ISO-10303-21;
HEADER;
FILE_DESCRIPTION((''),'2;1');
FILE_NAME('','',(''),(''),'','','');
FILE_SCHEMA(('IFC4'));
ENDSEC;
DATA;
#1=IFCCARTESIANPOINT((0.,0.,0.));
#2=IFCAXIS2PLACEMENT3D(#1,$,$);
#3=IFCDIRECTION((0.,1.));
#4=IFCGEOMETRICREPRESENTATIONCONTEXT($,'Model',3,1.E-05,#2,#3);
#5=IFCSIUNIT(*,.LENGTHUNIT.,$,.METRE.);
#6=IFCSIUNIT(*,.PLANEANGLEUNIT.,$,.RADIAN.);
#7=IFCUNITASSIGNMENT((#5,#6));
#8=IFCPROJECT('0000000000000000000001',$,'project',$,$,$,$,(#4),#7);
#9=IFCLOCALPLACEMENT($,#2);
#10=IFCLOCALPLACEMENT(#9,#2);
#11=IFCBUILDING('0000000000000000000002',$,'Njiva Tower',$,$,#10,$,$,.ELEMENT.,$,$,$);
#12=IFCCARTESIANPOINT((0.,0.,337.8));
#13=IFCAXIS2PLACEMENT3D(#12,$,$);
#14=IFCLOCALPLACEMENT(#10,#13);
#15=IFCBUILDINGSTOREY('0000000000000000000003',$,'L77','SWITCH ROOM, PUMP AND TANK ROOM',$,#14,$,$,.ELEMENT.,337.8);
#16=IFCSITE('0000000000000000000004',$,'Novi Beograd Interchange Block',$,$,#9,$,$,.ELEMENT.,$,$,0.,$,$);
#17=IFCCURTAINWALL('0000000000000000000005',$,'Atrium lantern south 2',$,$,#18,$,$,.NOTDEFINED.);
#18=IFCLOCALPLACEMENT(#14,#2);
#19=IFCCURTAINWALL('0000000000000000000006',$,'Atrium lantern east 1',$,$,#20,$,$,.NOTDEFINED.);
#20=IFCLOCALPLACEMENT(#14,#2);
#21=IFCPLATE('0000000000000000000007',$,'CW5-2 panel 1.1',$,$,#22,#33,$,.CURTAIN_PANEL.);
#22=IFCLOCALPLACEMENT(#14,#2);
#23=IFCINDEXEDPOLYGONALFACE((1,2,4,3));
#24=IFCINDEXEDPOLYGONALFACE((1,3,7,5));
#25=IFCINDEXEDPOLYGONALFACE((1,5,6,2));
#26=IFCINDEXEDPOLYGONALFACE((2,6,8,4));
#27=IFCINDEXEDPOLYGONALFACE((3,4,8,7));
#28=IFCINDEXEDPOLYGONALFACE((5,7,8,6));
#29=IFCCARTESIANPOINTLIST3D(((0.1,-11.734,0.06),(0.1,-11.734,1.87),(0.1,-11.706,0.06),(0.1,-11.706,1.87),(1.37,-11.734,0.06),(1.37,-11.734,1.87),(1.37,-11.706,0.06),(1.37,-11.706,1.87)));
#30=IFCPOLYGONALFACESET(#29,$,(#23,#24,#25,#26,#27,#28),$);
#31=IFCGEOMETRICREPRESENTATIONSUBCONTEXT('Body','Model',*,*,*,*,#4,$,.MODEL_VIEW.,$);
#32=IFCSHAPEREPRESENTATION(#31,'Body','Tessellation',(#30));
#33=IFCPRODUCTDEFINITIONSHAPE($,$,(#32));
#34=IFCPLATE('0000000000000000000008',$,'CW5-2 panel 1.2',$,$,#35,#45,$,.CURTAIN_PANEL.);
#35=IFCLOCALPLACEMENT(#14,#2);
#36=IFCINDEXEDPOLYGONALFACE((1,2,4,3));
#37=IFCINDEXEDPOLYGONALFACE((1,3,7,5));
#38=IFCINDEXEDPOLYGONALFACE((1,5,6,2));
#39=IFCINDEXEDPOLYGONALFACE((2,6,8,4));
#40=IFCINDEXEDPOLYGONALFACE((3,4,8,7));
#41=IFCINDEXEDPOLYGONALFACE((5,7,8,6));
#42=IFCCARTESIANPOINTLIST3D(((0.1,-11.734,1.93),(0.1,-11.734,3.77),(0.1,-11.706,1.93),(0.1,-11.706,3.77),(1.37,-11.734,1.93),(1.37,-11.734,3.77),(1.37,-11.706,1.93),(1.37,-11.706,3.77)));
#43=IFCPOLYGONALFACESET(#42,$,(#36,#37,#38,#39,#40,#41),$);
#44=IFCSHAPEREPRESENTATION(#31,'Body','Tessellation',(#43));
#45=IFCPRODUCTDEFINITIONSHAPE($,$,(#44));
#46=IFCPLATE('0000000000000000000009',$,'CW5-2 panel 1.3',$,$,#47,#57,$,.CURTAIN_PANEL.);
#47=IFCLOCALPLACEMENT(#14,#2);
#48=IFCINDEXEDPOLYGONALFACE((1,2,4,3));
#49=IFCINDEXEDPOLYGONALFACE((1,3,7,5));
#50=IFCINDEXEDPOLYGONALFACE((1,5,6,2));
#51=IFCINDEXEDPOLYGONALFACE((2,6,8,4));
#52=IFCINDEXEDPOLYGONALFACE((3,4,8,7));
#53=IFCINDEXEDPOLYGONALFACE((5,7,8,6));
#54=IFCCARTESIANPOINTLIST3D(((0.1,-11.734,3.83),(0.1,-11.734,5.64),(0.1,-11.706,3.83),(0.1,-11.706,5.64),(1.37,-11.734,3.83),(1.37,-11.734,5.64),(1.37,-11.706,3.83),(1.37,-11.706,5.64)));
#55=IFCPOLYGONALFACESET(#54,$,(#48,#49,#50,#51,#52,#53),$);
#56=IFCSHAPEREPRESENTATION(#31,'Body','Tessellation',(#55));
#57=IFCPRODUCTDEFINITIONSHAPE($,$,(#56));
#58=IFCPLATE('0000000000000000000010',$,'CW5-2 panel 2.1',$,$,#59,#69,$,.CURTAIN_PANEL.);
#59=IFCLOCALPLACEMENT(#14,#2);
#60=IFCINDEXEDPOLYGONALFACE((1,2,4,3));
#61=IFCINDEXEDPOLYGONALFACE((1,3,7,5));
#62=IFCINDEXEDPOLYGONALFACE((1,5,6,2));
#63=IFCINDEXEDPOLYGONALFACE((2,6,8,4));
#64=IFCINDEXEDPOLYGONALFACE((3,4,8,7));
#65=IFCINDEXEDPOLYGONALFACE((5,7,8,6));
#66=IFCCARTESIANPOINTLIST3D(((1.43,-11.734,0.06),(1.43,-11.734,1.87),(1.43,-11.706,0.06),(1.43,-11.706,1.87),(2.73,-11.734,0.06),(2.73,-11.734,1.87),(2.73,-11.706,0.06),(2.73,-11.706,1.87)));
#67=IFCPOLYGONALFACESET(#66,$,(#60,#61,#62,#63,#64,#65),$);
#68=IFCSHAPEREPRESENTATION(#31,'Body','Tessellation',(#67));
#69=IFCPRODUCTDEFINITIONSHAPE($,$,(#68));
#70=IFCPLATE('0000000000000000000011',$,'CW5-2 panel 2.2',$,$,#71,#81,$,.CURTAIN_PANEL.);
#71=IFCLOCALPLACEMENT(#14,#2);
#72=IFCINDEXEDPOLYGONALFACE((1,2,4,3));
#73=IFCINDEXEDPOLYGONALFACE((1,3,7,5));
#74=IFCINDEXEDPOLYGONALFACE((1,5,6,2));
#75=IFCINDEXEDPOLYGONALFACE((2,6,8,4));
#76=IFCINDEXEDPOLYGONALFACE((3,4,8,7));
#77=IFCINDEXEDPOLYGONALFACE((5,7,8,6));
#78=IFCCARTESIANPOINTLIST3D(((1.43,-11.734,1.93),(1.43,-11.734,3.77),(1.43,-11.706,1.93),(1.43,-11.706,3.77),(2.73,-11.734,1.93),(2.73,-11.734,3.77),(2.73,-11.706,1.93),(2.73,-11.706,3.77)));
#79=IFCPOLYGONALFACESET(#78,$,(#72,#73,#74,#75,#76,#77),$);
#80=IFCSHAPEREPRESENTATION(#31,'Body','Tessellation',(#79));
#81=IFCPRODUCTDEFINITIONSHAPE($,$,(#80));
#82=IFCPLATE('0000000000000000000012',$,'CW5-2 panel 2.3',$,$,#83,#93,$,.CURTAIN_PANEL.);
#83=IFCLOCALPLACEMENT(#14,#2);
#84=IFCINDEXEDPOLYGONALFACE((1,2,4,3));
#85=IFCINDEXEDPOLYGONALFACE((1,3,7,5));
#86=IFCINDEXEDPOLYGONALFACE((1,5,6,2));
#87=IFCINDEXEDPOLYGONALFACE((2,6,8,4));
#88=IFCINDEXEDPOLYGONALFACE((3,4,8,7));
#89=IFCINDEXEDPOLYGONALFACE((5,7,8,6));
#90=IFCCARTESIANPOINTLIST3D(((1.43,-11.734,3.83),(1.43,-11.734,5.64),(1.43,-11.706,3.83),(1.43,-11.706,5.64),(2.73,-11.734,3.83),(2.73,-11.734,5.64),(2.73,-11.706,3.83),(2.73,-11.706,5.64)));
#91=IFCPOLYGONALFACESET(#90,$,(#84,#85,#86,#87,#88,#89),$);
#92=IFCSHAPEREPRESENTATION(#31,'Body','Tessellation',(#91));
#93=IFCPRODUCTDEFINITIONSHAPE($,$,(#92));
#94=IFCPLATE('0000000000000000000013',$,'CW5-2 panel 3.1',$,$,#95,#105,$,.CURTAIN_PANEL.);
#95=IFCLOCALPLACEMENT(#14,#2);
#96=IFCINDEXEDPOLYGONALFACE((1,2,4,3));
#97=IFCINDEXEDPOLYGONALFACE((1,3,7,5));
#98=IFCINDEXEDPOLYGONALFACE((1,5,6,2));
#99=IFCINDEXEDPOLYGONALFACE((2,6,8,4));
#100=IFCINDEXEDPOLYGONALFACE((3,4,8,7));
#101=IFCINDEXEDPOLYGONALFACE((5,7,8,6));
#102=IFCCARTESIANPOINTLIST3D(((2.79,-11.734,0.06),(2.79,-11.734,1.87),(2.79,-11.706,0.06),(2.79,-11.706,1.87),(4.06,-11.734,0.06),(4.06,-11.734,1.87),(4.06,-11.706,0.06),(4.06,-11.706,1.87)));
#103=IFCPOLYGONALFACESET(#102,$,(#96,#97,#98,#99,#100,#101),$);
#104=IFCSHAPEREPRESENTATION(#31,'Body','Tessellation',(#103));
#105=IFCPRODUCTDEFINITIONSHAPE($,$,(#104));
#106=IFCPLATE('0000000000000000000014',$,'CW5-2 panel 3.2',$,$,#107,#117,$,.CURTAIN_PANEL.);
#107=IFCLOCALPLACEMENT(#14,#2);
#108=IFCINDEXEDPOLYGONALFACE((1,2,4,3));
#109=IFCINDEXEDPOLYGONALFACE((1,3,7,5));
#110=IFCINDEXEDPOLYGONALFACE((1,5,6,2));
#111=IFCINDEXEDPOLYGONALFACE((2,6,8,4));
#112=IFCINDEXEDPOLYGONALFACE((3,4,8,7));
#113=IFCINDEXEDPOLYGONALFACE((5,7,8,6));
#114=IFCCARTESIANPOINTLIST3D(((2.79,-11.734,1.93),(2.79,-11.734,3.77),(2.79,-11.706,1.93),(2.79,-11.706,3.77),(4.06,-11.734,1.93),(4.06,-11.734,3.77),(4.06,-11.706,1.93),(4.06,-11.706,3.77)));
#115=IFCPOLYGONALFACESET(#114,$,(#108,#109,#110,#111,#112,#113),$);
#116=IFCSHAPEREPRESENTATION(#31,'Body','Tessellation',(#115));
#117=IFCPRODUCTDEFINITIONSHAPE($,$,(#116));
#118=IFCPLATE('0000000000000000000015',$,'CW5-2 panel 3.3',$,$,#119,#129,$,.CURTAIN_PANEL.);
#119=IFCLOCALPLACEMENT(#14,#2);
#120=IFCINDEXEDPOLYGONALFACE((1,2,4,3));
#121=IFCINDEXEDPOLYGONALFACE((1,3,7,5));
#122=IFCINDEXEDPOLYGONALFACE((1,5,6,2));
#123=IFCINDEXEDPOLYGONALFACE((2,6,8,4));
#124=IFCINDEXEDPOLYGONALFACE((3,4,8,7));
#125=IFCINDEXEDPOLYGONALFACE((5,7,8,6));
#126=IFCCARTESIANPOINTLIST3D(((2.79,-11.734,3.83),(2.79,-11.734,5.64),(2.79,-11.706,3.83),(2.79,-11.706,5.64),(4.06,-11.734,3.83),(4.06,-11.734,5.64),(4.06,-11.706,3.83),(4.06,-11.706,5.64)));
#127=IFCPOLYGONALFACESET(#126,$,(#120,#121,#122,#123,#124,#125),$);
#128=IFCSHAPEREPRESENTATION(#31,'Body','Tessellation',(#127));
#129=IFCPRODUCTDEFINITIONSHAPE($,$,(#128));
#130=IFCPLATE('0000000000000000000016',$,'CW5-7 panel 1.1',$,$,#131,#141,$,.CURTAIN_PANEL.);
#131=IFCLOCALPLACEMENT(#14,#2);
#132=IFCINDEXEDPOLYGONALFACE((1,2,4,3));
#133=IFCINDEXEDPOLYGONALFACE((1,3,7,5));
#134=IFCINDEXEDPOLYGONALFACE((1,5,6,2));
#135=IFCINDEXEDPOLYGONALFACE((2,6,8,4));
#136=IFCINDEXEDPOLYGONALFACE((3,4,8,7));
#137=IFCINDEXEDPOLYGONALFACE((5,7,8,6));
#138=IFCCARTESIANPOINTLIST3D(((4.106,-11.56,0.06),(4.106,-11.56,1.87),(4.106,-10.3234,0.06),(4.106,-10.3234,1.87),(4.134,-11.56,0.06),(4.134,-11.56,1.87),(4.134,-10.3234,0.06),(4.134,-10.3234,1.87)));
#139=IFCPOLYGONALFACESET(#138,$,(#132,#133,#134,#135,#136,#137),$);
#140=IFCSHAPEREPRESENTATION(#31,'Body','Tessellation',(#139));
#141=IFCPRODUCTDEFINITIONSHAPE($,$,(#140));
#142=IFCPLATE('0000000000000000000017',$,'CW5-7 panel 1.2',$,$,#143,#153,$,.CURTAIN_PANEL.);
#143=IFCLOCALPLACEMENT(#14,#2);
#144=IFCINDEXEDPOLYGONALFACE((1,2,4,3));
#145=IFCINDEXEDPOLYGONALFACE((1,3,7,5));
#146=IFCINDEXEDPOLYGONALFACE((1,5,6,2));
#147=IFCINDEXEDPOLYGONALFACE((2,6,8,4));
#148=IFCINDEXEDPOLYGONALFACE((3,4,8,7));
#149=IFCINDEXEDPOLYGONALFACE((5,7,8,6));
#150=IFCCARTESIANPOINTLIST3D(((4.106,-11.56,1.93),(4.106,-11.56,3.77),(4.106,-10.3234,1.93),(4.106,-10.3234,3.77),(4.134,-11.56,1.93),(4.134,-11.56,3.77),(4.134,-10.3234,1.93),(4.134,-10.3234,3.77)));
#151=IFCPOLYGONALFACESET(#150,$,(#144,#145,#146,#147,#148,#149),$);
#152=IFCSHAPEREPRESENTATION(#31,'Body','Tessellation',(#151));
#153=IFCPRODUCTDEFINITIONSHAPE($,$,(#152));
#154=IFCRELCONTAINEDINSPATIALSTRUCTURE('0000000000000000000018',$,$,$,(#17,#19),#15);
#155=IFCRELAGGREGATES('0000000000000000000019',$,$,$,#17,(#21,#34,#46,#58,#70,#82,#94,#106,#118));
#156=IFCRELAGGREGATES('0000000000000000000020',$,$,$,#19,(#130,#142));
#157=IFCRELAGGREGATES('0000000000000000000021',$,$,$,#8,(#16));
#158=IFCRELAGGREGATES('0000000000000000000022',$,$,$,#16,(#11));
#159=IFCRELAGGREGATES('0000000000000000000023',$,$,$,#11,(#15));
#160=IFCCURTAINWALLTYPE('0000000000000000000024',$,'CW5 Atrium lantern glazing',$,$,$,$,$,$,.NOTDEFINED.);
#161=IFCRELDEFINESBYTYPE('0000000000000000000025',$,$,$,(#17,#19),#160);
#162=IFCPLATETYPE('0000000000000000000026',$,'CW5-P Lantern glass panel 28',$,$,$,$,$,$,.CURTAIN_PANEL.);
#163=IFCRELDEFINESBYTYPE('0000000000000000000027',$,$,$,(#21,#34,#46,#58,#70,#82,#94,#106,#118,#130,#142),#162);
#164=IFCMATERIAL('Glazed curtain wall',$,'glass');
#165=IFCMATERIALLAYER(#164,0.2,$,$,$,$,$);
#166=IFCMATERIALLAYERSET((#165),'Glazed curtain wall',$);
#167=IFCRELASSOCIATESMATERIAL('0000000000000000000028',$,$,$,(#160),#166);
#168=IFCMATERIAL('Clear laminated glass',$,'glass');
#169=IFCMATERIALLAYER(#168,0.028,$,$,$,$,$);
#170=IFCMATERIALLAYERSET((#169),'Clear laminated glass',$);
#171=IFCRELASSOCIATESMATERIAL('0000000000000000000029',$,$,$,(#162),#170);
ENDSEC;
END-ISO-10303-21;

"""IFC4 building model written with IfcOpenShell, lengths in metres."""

from ifc_helpers import new_model, si_unit, direction, frame, origin, origin_2d, place, context, subcontext, project, spatial, rectangle, extrude, material, layer, layer_set, type_object, element, aggregate, save


model = new_model("IFC4")

# Units and contexts
model_context = context("Model", 3, precision=1e-05, world=origin(), true_north=direction((0.0, 1.0)))
body_context = subcontext(model_context, "Body", "Model", "MODEL_VIEW")
ifc_project = project(units=[si_unit("LENGTHUNIT", "METRE"), si_unit("PLANEANGLEUNIT", "RADIAN")], contexts=[model_context])

# Site, building, storey
site_placement = place(None, origin())
site = spatial("IfcSite", under=ifc_project, at=site_placement, Name="Novi Beograd Interchange Block", CompositionType="ELEMENT", RefElevation=0.0)
building_placement = place(site_placement, origin())
building = spatial("IfcBuilding", under=site, at=building_placement, Name="Njiva Tower", CompositionType="ELEMENT")
storey_placement = place(building_placement, frame((0.0, 0.0, 337.8)))
storey = spatial("IfcBuildingStorey", under=building, at=storey_placement, Name="L77", Description="SWITCH ROOM, PUMP AND TANK ROOM", CompositionType="ELEMENT", Elevation=337.8)

# Curtain wall
ifc_material_1 = material(Name="Glazed curtain wall", Category="glass")
ifc_layer_1 = layer(ifc_material_1, 0.2)
ifc_layer_set_1 = layer_set([ifc_layer_1], Name="Glazed curtain wall")
curtain_wall_type = type_object("IfcCurtainWallType", Name="CW5 Atrium lantern glazing", PredefinedType="NOTDEFINED", material=ifc_layer_set_1)
curtain_wall_1_placement = place(storey_placement, origin())
curtain_wall_1 = element("IfcCurtainWall", 1, at=curtain_wall_1_placement, inside=storey, type_object=curtain_wall_type, Name="Atrium lantern south 2", PredefinedType="NOTDEFINED")

# Curtain wall
curtain_wall_2_placement = place(storey_placement, origin())
curtain_wall_2 = element("IfcCurtainWall", 2, at=curtain_wall_2_placement, inside=storey, type_object=curtain_wall_type, Name="Atrium lantern east 1", PredefinedType="NOTDEFINED")

# Plates
ifc_material_2 = material(Name="Clear laminated glass", Category="glass")
ifc_layer_2 = layer(ifc_material_2, 0.028)
ifc_layer_set_2 = layer_set([ifc_layer_2], Name="Clear laminated glass")
plate_type = type_object("IfcPlateType", Name="CW5-P Lantern glass panel 28", PredefinedType="CURTAIN_PANEL", material=ifc_layer_set_2)
plate_1_placement = place(storey_placement, frame((0.735, -11.72, 0.06), z_axis=(0.0, 0.0, 1.0), x_axis=(1.0, 0.0, 0.0)))
plate_1 = element("IfcPlate", 3, at=plate_1_placement, type_object=plate_type, Name="CW5-2 panel 1.1", PredefinedType="CURTAIN_PANEL", context=body_context, shape_type="SweptSolid", body=[
    extrude(rectangle(XDim=1.27, YDim=0.028, at=origin_2d()), origin(), (0.0, 0.0, 1.0), 1.81),
])
plate_2_placement = place(storey_placement, frame((0.735, -11.72, 1.93), z_axis=(0.0, 0.0, 1.0), x_axis=(1.0, 0.0, 0.0)))
plate_2 = element("IfcPlate", 4, at=plate_2_placement, type_object=plate_type, Name="CW5-2 panel 1.2", PredefinedType="CURTAIN_PANEL", context=body_context, shape_type="SweptSolid", body=[
    extrude(rectangle(XDim=1.27, YDim=0.028, at=origin_2d()), origin(), (0.0, 0.0, 1.0), 1.84),
])
plate_3_placement = place(storey_placement, frame((0.735, -11.72, 3.83), z_axis=(0.0, 0.0, 1.0), x_axis=(1.0, 0.0, 0.0)))
plate_3 = element("IfcPlate", 5, at=plate_3_placement, type_object=plate_type, Name="CW5-2 panel 1.3", PredefinedType="CURTAIN_PANEL", context=body_context, shape_type="SweptSolid", body=[
    extrude(rectangle(XDim=1.27, YDim=0.028, at=origin_2d()), origin(), (0.0, 0.0, 1.0), 1.81),
])
plate_4_placement = place(storey_placement, frame((2.08, -11.72, 0.06), z_axis=(0.0, 0.0, 1.0), x_axis=(1.0, 0.0, 0.0)))
plate_4 = element("IfcPlate", 6, at=plate_4_placement, type_object=plate_type, Name="CW5-2 panel 2.1", PredefinedType="CURTAIN_PANEL", context=body_context, shape_type="SweptSolid", body=[
    extrude(rectangle(XDim=1.3, YDim=0.028, at=origin_2d()), origin(), (0.0, 0.0, 1.0), 1.81),
])
plate_5_placement = place(storey_placement, frame((2.08, -11.72, 1.93), z_axis=(0.0, 0.0, 1.0), x_axis=(1.0, 0.0, 0.0)))
plate_5 = element("IfcPlate", 7, at=plate_5_placement, type_object=plate_type, Name="CW5-2 panel 2.2", PredefinedType="CURTAIN_PANEL", context=body_context, shape_type="SweptSolid", body=[
    extrude(rectangle(XDim=1.3, YDim=0.028, at=origin_2d()), origin(), (0.0, 0.0, 1.0), 1.84),
])
plate_6_placement = place(storey_placement, frame((2.08, -11.72, 3.83), z_axis=(0.0, 0.0, 1.0), x_axis=(1.0, 0.0, 0.0)))
plate_6 = element("IfcPlate", 8, at=plate_6_placement, type_object=plate_type, Name="CW5-2 panel 2.3", PredefinedType="CURTAIN_PANEL", context=body_context, shape_type="SweptSolid", body=[
    extrude(rectangle(XDim=1.3, YDim=0.028, at=origin_2d()), origin(), (0.0, 0.0, 1.0), 1.81),
])
plate_7_placement = place(storey_placement, frame((3.425, -11.72, 0.06), z_axis=(0.0, 0.0, 1.0), x_axis=(1.0, 0.0, 0.0)))
plate_7 = element("IfcPlate", 9, at=plate_7_placement, type_object=plate_type, Name="CW5-2 panel 3.1", PredefinedType="CURTAIN_PANEL", context=body_context, shape_type="SweptSolid", body=[
    extrude(rectangle(XDim=1.27, YDim=0.028, at=origin_2d()), origin(), (0.0, 0.0, 1.0), 1.81),
])
plate_8_placement = place(storey_placement, frame((3.425, -11.72, 1.93), z_axis=(0.0, 0.0, 1.0), x_axis=(1.0, 0.0, 0.0)))
plate_8 = element("IfcPlate", 10, at=plate_8_placement, type_object=plate_type, Name="CW5-2 panel 3.2", PredefinedType="CURTAIN_PANEL", context=body_context, shape_type="SweptSolid", body=[
    extrude(rectangle(XDim=1.27, YDim=0.028, at=origin_2d()), origin(), (0.0, 0.0, 1.0), 1.84),
])
plate_9_placement = place(storey_placement, frame((3.425, -11.72, 3.83), z_axis=(0.0, 0.0, 1.0), x_axis=(1.0, 0.0, 0.0)))
plate_9 = element("IfcPlate", 11, at=plate_9_placement, type_object=plate_type, Name="CW5-2 panel 3.3", PredefinedType="CURTAIN_PANEL", context=body_context, shape_type="SweptSolid", body=[
    extrude(rectangle(XDim=1.27, YDim=0.028, at=origin_2d()), origin(), (0.0, 0.0, 1.0), 1.81),
])
aggregate(curtain_wall_1, [plate_1, plate_2, plate_3, plate_4, plate_5, plate_6, plate_7, plate_8, plate_9])
plate_10_placement = place(storey_placement, frame((4.12, -10.9417, 0.06), z_axis=(0.0, 0.0, 1.0), x_axis=(0.0, 1.0, 0.0)))
plate_10 = element("IfcPlate", 12, at=plate_10_placement, type_object=plate_type, Name="CW5-7 panel 1.1", PredefinedType="CURTAIN_PANEL", context=body_context, shape_type="SweptSolid", body=[
    extrude(rectangle(XDim=1.2367, YDim=0.028, at=origin_2d()), origin(), (0.0, 0.0, 1.0), 1.81),
])
plate_11_placement = place(storey_placement, frame((4.12, -10.9417, 1.93), z_axis=(0.0, 0.0, 1.0), x_axis=(0.0, 1.0, 0.0)))
plate_11 = element("IfcPlate", 13, at=plate_11_placement, type_object=plate_type, Name="CW5-7 panel 1.2", PredefinedType="CURTAIN_PANEL", context=body_context, shape_type="SweptSolid", body=[
    extrude(rectangle(XDim=1.2367, YDim=0.028, at=origin_2d()), origin(), (0.0, 0.0, 1.0), 1.84),
])
aggregate(curtain_wall_2, [plate_10, plate_11])

save(model, "model.ifc")
